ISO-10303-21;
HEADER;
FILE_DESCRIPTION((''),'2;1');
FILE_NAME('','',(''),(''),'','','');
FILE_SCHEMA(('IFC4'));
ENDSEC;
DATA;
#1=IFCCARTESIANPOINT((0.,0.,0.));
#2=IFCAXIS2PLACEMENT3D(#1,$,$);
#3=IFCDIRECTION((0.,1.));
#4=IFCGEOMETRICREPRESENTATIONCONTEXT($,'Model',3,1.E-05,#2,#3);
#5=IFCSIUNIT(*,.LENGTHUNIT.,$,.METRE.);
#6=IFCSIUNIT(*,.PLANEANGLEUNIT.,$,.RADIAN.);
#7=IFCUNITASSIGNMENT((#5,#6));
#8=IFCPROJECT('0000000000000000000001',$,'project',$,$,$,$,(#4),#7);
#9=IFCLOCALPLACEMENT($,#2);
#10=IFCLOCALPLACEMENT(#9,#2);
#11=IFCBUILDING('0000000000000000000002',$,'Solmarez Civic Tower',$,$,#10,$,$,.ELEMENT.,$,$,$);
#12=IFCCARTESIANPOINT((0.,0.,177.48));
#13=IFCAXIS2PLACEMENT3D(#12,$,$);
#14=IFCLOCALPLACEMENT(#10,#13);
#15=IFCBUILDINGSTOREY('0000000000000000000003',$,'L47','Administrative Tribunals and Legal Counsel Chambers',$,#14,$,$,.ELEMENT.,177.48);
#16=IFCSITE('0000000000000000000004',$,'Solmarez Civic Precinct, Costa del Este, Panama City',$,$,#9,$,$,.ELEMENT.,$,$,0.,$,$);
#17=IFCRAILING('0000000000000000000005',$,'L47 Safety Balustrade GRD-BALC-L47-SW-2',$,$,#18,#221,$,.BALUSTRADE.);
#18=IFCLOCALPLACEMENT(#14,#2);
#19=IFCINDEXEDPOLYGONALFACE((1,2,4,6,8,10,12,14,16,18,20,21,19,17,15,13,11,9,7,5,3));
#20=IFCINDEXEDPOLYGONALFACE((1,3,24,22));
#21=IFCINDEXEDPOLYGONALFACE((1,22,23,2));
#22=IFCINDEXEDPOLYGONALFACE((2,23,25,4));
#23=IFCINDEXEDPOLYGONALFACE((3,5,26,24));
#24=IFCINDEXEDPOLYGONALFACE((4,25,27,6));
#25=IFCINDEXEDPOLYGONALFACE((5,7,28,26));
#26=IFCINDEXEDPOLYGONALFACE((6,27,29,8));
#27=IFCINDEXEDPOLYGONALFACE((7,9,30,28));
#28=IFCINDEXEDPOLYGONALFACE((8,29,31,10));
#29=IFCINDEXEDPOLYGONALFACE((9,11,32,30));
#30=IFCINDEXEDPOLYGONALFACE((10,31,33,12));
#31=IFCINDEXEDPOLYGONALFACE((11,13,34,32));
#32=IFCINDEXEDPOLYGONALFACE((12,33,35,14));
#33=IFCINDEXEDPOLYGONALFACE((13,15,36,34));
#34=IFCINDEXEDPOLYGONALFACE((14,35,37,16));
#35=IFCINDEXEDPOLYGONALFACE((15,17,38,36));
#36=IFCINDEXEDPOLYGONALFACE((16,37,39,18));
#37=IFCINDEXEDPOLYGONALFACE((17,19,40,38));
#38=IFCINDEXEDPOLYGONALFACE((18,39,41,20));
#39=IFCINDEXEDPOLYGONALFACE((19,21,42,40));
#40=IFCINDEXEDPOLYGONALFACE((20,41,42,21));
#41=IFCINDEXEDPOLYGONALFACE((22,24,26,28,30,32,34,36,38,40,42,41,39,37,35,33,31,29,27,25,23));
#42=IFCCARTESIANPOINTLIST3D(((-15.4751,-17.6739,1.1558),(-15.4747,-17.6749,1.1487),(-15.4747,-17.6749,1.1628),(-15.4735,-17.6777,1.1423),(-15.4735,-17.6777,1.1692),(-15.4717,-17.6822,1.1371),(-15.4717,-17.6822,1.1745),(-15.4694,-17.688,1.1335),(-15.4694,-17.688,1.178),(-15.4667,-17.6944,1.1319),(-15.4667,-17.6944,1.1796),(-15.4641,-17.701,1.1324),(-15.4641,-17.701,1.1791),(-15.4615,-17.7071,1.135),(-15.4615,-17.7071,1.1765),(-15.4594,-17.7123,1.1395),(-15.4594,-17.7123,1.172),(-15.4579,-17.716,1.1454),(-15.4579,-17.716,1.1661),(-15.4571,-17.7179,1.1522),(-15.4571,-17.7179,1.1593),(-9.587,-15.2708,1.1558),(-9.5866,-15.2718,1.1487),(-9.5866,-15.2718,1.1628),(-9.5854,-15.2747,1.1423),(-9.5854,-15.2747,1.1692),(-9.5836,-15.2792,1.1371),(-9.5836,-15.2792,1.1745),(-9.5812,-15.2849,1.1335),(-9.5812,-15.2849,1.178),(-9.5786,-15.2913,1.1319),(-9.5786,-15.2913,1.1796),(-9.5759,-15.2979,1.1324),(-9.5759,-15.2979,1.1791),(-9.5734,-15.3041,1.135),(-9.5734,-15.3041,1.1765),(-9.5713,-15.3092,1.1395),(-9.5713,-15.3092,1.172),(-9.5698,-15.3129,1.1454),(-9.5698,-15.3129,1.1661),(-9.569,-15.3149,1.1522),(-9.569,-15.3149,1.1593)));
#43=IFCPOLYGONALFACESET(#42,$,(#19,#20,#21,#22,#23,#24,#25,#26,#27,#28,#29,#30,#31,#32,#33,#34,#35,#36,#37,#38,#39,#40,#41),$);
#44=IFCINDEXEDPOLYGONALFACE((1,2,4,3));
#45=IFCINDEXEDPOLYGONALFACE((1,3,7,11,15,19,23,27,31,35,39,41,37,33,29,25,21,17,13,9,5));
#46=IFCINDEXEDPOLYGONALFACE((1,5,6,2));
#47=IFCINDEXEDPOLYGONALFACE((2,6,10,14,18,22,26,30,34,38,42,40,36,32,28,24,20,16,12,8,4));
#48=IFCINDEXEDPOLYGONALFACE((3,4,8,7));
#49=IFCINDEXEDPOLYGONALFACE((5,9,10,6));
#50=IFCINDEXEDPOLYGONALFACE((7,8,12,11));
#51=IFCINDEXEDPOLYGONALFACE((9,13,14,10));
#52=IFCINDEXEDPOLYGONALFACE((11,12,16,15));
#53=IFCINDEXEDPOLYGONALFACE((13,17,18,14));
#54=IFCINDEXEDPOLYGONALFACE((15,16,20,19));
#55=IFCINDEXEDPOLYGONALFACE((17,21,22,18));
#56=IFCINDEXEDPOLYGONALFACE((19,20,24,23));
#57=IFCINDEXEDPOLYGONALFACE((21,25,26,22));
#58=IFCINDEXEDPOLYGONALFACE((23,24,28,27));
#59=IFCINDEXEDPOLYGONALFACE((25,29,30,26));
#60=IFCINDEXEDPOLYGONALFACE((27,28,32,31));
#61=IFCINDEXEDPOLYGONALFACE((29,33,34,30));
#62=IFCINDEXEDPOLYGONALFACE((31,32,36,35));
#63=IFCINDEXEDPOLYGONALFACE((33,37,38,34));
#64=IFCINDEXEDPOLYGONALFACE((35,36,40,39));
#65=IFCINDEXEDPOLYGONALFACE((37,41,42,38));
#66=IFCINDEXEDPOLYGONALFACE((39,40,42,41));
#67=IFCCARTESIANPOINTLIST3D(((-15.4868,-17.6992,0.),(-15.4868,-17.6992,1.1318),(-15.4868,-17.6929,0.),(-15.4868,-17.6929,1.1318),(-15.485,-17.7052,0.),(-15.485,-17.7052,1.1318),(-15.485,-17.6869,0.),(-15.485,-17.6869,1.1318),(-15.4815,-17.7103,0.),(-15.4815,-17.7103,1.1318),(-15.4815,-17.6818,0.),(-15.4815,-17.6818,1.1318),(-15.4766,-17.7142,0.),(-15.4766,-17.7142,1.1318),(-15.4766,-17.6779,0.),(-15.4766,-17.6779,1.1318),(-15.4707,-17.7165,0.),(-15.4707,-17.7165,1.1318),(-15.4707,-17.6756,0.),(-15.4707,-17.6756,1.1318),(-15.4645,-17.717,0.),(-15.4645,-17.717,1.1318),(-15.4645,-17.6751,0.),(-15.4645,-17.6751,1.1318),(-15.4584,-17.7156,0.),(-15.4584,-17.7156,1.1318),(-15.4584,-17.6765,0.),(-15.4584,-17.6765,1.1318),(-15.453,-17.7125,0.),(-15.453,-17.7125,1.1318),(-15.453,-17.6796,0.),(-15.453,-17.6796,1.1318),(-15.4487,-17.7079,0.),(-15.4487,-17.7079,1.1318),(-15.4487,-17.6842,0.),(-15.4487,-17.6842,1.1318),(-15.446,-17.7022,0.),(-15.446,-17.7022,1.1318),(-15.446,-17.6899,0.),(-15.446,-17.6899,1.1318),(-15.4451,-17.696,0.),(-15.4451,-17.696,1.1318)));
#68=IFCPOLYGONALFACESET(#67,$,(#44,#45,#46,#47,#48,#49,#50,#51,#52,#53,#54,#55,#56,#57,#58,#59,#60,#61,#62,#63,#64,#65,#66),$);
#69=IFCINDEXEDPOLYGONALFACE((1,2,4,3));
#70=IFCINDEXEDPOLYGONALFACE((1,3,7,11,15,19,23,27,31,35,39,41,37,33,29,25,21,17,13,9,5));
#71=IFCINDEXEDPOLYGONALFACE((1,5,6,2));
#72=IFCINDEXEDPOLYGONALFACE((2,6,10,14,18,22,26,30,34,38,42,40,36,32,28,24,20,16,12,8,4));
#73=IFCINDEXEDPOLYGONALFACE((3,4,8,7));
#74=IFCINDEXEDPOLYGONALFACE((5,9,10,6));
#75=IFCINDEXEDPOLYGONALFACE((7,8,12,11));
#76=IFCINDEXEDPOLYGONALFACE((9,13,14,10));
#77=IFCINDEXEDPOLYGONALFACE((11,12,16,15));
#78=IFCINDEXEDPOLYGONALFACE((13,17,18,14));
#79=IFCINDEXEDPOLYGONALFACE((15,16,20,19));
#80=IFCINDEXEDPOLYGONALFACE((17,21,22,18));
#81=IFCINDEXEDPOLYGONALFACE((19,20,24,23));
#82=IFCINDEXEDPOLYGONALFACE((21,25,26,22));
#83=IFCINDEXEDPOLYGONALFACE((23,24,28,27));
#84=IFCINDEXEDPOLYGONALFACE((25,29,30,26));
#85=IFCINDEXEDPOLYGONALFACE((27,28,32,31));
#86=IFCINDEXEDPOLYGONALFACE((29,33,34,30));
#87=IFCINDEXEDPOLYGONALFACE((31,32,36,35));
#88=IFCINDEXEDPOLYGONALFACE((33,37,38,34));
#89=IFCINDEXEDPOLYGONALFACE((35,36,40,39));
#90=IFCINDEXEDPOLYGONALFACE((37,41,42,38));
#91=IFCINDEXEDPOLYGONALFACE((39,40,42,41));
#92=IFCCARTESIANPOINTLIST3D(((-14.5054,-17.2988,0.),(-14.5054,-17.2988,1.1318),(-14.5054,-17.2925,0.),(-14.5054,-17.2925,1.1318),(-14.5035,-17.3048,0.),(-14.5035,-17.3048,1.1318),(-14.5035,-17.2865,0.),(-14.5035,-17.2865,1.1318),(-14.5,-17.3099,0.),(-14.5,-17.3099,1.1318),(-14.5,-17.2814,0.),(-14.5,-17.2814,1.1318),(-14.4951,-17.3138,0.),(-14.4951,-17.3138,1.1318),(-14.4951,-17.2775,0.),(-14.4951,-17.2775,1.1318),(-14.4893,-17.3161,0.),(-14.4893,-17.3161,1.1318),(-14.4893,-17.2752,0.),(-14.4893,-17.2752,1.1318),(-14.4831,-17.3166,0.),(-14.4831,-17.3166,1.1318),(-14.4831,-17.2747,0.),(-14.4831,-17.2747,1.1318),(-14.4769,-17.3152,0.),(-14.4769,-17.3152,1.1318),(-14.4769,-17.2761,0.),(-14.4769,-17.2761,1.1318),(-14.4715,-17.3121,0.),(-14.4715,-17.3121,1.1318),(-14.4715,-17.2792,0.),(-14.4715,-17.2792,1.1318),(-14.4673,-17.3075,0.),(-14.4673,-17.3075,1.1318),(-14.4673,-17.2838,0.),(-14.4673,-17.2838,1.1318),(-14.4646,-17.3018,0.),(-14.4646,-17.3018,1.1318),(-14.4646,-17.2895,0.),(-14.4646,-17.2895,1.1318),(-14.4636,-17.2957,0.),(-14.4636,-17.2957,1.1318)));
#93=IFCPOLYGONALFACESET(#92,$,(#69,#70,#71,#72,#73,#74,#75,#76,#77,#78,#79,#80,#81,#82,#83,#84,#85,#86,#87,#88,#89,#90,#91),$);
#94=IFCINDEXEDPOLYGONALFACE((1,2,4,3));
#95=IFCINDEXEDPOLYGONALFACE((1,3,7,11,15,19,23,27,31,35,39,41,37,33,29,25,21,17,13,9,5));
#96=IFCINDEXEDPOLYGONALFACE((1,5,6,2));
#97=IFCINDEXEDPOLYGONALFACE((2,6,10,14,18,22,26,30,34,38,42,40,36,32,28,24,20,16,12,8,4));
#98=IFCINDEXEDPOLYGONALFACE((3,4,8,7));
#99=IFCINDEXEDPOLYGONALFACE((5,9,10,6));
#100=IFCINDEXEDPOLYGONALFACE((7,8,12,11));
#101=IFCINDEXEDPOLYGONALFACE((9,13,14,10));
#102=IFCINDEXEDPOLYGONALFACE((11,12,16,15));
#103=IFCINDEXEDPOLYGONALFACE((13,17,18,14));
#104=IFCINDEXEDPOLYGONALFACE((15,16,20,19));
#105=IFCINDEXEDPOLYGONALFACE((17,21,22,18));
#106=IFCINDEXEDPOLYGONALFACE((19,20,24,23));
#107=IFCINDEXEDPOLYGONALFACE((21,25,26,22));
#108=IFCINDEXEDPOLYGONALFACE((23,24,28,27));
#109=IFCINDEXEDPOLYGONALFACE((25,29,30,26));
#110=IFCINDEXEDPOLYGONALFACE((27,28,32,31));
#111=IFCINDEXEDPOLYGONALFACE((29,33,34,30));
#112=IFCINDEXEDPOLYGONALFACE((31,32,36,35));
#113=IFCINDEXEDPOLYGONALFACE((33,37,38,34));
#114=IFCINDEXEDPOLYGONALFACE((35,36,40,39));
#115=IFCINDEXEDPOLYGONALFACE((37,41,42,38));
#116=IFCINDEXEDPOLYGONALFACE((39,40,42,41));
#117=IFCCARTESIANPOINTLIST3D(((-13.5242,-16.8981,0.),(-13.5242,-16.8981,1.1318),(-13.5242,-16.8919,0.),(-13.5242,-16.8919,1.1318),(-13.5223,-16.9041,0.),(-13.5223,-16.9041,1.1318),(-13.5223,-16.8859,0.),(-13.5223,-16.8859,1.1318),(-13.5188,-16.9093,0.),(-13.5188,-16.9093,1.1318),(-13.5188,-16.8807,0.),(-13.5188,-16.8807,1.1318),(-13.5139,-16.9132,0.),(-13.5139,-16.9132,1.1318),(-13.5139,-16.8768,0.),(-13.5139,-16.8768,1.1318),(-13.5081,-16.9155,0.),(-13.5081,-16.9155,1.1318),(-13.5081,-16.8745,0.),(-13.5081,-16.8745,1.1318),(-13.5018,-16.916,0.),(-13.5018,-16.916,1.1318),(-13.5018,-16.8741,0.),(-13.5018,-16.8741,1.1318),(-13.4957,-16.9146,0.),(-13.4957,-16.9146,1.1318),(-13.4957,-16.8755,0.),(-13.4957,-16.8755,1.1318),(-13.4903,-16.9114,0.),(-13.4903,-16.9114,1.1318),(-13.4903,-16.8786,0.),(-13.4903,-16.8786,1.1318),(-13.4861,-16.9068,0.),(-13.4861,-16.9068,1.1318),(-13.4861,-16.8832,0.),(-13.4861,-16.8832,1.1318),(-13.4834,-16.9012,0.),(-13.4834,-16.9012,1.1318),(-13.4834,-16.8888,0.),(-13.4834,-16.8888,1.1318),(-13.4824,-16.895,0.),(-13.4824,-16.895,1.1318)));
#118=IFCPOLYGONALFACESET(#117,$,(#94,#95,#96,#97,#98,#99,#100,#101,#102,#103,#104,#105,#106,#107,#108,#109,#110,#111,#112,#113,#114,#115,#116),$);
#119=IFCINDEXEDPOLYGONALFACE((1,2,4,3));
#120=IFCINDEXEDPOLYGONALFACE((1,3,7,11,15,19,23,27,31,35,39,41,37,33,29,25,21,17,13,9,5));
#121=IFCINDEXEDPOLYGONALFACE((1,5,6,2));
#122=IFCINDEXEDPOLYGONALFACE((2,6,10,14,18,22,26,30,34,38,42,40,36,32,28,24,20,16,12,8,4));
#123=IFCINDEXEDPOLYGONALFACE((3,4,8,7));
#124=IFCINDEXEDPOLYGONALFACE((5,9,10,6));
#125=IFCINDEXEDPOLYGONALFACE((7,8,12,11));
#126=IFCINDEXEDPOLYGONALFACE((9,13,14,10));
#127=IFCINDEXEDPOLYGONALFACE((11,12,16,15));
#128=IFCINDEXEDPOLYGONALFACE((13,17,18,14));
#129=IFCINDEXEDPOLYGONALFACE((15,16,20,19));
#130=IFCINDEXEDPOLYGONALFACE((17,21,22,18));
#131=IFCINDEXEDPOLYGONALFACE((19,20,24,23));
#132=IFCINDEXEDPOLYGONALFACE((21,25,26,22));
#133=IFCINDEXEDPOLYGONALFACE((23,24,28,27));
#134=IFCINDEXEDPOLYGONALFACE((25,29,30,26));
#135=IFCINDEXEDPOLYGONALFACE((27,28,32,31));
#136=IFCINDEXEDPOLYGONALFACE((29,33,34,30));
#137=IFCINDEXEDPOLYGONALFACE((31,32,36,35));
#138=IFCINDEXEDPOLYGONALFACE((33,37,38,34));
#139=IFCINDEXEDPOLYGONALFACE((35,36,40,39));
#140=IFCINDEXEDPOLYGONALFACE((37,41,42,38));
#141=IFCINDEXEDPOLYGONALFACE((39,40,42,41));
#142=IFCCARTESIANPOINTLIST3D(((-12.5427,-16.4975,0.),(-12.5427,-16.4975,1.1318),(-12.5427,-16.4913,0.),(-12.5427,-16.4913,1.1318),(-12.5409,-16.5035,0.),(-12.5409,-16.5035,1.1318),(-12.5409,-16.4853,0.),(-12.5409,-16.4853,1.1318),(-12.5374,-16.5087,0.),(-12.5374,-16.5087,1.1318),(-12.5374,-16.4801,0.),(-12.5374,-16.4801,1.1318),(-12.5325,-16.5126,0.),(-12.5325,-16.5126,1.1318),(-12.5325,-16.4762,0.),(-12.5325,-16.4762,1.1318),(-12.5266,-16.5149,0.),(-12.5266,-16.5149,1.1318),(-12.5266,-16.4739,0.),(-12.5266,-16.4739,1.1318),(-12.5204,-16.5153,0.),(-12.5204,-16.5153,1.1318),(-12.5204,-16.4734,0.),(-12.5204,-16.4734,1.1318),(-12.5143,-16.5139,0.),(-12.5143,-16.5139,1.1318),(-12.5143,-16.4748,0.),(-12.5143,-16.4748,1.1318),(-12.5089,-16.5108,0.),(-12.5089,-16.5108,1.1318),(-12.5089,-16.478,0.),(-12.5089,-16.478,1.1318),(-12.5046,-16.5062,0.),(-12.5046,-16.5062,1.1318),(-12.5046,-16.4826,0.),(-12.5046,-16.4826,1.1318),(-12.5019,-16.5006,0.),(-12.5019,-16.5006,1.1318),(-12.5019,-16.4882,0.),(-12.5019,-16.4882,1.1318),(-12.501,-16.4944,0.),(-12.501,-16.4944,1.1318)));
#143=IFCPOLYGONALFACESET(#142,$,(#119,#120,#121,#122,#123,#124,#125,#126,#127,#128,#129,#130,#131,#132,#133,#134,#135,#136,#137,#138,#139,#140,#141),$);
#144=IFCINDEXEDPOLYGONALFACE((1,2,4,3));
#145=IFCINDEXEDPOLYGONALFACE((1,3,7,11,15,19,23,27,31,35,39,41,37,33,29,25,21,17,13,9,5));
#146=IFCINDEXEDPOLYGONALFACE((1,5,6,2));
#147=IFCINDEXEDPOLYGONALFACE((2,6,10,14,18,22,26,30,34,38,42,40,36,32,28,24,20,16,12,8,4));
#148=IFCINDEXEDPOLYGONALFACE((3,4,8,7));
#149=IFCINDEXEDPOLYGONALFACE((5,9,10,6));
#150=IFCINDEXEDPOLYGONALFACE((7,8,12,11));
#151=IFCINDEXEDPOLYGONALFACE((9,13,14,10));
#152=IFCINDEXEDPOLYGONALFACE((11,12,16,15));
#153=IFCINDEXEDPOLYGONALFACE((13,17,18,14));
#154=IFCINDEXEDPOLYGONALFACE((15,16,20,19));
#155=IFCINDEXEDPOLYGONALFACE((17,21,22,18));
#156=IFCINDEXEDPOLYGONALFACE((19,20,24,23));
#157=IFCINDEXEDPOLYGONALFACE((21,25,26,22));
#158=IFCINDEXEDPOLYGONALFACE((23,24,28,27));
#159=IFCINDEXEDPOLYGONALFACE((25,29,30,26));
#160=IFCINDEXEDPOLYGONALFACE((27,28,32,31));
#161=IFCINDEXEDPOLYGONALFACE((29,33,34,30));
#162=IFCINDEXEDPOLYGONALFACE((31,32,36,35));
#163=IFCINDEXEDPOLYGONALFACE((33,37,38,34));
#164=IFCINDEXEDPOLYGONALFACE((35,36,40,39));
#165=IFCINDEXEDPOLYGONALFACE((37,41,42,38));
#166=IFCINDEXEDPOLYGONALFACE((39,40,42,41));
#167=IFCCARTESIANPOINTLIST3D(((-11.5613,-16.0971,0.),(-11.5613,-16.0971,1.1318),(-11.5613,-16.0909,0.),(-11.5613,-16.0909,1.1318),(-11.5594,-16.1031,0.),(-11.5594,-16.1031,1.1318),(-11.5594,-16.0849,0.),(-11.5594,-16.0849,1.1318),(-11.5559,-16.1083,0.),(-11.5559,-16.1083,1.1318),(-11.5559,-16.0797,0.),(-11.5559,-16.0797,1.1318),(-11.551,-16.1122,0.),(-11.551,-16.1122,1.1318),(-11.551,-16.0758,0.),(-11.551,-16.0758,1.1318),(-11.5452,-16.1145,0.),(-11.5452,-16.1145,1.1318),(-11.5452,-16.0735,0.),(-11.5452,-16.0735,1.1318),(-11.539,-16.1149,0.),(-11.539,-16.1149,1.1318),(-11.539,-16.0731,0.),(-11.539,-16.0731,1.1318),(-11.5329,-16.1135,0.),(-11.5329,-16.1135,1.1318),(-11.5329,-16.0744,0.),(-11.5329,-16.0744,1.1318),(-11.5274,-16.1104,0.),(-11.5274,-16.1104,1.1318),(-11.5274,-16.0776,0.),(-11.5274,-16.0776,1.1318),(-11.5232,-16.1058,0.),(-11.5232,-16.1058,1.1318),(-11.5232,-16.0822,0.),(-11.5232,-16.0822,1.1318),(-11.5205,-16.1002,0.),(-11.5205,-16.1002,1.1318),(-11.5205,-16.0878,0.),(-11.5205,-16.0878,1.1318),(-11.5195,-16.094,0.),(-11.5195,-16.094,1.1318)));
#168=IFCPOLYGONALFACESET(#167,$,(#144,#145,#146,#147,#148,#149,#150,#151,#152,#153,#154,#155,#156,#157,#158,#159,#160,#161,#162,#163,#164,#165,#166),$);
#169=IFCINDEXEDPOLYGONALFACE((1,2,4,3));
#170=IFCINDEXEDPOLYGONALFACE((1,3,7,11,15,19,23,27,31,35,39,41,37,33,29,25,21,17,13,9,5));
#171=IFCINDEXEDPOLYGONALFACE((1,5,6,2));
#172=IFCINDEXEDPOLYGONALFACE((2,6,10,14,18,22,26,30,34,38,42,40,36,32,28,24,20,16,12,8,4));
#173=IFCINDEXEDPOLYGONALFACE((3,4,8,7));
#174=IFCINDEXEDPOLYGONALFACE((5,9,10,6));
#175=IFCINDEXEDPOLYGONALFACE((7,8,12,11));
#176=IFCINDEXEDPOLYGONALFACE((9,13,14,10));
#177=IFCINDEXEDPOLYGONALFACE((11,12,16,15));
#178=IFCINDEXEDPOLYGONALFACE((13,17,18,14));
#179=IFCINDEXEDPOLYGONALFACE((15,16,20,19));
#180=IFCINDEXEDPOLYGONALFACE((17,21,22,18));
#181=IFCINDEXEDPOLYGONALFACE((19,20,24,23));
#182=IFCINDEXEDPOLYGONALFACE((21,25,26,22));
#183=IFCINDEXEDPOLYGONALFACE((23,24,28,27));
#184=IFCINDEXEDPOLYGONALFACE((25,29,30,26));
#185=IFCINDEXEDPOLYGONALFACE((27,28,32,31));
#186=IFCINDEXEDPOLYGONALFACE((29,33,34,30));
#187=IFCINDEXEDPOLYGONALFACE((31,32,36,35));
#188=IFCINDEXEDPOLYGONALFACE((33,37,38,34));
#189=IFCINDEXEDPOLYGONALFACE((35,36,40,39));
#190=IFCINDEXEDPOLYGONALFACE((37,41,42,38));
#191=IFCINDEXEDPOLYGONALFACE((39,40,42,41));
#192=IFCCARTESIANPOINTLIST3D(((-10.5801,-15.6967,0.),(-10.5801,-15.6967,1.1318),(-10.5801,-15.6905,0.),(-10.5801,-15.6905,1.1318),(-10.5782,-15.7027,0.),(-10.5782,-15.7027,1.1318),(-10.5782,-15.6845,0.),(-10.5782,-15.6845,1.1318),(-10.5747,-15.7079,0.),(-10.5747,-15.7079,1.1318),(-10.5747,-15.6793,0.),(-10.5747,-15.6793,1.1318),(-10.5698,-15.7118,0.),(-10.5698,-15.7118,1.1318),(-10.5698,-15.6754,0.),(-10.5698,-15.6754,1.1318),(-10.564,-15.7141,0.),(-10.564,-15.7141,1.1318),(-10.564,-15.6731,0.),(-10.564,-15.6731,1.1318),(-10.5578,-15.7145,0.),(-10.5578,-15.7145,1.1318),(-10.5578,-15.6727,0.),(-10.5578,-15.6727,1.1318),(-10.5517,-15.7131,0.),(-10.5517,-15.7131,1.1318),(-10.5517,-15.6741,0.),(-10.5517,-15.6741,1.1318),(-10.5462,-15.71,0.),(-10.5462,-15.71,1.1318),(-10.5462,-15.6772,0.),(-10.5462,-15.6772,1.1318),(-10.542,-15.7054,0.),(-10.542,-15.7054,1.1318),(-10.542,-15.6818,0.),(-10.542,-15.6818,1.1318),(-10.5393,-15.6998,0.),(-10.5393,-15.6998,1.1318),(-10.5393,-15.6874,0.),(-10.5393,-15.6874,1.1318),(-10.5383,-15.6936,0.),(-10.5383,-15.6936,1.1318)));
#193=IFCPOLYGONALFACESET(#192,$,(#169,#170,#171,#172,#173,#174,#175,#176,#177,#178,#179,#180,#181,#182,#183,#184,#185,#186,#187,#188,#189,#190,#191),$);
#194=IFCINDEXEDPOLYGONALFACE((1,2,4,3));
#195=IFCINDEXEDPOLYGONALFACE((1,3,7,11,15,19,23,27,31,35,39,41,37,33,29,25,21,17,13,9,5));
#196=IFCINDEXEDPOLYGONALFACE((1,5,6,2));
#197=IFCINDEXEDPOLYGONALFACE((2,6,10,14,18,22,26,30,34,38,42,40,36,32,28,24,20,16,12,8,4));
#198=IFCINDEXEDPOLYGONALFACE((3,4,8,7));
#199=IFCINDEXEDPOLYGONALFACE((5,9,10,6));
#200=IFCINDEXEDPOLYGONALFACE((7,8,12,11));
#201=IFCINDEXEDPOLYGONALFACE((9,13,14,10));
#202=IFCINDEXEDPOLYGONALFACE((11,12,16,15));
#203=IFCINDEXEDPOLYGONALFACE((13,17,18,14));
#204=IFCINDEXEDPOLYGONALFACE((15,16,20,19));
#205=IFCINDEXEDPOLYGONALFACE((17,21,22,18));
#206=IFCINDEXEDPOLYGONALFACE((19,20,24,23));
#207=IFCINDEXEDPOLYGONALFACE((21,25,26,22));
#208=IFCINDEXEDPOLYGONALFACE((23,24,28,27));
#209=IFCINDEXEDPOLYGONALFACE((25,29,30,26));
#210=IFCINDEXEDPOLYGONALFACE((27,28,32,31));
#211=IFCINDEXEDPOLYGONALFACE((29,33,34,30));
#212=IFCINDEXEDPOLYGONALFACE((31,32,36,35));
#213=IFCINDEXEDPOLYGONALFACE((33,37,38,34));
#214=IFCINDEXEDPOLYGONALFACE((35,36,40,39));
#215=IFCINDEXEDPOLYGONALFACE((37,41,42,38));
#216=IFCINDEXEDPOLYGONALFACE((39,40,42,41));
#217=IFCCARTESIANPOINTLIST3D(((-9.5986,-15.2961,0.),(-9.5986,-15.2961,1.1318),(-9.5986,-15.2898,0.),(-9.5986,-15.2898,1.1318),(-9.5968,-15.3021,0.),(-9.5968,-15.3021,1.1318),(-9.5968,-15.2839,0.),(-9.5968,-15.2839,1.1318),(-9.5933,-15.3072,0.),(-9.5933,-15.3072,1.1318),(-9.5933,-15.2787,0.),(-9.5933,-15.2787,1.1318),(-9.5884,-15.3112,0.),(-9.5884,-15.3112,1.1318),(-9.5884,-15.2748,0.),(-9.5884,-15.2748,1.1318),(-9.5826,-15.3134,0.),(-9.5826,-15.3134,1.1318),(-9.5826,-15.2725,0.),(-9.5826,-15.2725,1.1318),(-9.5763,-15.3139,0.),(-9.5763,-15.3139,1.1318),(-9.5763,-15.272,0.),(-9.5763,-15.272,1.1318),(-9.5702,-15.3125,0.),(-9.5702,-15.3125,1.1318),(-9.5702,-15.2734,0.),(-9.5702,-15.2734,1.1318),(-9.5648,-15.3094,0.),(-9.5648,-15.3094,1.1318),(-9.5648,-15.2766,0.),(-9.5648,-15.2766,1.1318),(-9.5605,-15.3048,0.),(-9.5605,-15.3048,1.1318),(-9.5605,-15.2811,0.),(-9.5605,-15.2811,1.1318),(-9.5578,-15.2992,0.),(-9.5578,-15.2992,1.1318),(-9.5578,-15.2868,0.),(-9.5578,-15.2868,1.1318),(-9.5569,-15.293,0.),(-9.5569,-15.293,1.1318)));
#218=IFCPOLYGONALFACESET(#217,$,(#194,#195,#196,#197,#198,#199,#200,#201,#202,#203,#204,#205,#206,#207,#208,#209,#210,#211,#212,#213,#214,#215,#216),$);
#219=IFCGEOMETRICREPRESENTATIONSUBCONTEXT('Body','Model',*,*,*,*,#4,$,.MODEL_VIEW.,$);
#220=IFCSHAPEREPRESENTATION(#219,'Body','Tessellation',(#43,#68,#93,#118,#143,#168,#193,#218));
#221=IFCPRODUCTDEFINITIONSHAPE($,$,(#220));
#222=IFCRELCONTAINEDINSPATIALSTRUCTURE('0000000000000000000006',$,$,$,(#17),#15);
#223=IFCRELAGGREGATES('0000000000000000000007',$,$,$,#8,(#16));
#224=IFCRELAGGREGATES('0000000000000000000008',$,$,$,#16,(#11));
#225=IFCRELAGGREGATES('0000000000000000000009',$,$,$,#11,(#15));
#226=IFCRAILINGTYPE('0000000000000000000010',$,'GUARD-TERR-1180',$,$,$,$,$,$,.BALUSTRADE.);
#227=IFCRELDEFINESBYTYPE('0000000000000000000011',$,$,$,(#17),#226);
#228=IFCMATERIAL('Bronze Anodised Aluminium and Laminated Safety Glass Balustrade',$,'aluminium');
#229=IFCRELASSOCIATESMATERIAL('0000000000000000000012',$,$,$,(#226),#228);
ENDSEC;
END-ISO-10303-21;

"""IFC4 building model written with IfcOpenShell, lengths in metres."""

from ifc_helpers import new_model, si_unit, direction, frame, origin, origin_2d, place, context, subcontext, project, spatial, circle, extrude, material, type_object, element, save


model = new_model("IFC4")

# Units and contexts
model_context = context("Model", 3, precision=1e-05, world=origin(), true_north=direction((0.0, 1.0)))
body_context = subcontext(model_context, "Body", "Model", "MODEL_VIEW")
ifc_project = project(units=[si_unit("LENGTHUNIT", "METRE"), si_unit("PLANEANGLEUNIT", "RADIAN")], contexts=[model_context])

# Site, building, storey
site_placement = place(None, origin())
site = spatial("IfcSite", under=ifc_project, at=site_placement, Name="Solmarez Civic Precinct, Costa del Este, Panama City", CompositionType="ELEMENT", RefElevation=0.0)
building_placement = place(site_placement, origin())
building = spatial("IfcBuilding", under=site, at=building_placement, Name="Solmarez Civic Tower", CompositionType="ELEMENT")
storey_placement = place(building_placement, frame((0.0, 0.0, 177.48)))
storey = spatial("IfcBuildingStorey", under=building, at=storey_placement, Name="L47", Description="Administrative Tribunals and Legal Counsel Chambers", CompositionType="ELEMENT", Elevation=177.48)

# Railing
ifc_material_1 = material(Name="Bronze Anodised Aluminium and Laminated Safety Glass Balustrade", Category="aluminium")
railing_type = type_object("IfcRailingType", Name="GUARD-TERR-1180", PredefinedType="BALUSTRADE", material=ifc_material_1)
railing_placement = place(storey_placement, frame((-15.4661, -17.696, 0.0)))
element("IfcRailing", 1, at=railing_placement, inside=storey, type_object=railing_type, Name="L47 Safety Balustrade GRD-BALC-L47-SW-2", PredefinedType="BALUSTRADE", context=body_context, shape_type="SweptSolid", body=[
    extrude(circle(Radius=0.0239, at=origin_2d()), frame((0.0, 0.0, 1.1558), z_axis=(0.925862, 0.377861, 0.0), x_axis=(-0.377861, 0.925862, 0.0)), (0.0, 0.0, 1.0), 6.3596),
    extrude(circle(Radius=0.021, at=origin_2d()), origin(), (0.0, 0.0, 1.0), 1.1318),
    extrude(circle(Radius=0.021, at=origin_2d()), frame((0.9814, 0.4004, 0.0)), (0.0, 0.0, 1.0), 1.1318),
    extrude(circle(Radius=0.021, at=origin_2d()), frame((1.9626, 0.801, 0.0)), (0.0, 0.0, 1.0), 1.1318),
    extrude(circle(Radius=0.021, at=origin_2d()), frame((2.9441, 1.2017, 0.0)), (0.0, 0.0, 1.0), 1.1318),
    extrude(circle(Radius=0.021, at=origin_2d()), frame((3.9255, 1.6021, 0.0)), (0.0, 0.0, 1.0), 1.1318),
    extrude(circle(Radius=0.021, at=origin_2d()), frame((4.9067, 2.0024, 0.0)), (0.0, 0.0, 1.0), 1.1318),
    extrude(circle(Radius=0.021, at=origin_2d()), frame((5.8882, 2.4031, 0.0)), (0.0, 0.0, 1.0), 1.1318),
])

save(model, "model.ifc")
